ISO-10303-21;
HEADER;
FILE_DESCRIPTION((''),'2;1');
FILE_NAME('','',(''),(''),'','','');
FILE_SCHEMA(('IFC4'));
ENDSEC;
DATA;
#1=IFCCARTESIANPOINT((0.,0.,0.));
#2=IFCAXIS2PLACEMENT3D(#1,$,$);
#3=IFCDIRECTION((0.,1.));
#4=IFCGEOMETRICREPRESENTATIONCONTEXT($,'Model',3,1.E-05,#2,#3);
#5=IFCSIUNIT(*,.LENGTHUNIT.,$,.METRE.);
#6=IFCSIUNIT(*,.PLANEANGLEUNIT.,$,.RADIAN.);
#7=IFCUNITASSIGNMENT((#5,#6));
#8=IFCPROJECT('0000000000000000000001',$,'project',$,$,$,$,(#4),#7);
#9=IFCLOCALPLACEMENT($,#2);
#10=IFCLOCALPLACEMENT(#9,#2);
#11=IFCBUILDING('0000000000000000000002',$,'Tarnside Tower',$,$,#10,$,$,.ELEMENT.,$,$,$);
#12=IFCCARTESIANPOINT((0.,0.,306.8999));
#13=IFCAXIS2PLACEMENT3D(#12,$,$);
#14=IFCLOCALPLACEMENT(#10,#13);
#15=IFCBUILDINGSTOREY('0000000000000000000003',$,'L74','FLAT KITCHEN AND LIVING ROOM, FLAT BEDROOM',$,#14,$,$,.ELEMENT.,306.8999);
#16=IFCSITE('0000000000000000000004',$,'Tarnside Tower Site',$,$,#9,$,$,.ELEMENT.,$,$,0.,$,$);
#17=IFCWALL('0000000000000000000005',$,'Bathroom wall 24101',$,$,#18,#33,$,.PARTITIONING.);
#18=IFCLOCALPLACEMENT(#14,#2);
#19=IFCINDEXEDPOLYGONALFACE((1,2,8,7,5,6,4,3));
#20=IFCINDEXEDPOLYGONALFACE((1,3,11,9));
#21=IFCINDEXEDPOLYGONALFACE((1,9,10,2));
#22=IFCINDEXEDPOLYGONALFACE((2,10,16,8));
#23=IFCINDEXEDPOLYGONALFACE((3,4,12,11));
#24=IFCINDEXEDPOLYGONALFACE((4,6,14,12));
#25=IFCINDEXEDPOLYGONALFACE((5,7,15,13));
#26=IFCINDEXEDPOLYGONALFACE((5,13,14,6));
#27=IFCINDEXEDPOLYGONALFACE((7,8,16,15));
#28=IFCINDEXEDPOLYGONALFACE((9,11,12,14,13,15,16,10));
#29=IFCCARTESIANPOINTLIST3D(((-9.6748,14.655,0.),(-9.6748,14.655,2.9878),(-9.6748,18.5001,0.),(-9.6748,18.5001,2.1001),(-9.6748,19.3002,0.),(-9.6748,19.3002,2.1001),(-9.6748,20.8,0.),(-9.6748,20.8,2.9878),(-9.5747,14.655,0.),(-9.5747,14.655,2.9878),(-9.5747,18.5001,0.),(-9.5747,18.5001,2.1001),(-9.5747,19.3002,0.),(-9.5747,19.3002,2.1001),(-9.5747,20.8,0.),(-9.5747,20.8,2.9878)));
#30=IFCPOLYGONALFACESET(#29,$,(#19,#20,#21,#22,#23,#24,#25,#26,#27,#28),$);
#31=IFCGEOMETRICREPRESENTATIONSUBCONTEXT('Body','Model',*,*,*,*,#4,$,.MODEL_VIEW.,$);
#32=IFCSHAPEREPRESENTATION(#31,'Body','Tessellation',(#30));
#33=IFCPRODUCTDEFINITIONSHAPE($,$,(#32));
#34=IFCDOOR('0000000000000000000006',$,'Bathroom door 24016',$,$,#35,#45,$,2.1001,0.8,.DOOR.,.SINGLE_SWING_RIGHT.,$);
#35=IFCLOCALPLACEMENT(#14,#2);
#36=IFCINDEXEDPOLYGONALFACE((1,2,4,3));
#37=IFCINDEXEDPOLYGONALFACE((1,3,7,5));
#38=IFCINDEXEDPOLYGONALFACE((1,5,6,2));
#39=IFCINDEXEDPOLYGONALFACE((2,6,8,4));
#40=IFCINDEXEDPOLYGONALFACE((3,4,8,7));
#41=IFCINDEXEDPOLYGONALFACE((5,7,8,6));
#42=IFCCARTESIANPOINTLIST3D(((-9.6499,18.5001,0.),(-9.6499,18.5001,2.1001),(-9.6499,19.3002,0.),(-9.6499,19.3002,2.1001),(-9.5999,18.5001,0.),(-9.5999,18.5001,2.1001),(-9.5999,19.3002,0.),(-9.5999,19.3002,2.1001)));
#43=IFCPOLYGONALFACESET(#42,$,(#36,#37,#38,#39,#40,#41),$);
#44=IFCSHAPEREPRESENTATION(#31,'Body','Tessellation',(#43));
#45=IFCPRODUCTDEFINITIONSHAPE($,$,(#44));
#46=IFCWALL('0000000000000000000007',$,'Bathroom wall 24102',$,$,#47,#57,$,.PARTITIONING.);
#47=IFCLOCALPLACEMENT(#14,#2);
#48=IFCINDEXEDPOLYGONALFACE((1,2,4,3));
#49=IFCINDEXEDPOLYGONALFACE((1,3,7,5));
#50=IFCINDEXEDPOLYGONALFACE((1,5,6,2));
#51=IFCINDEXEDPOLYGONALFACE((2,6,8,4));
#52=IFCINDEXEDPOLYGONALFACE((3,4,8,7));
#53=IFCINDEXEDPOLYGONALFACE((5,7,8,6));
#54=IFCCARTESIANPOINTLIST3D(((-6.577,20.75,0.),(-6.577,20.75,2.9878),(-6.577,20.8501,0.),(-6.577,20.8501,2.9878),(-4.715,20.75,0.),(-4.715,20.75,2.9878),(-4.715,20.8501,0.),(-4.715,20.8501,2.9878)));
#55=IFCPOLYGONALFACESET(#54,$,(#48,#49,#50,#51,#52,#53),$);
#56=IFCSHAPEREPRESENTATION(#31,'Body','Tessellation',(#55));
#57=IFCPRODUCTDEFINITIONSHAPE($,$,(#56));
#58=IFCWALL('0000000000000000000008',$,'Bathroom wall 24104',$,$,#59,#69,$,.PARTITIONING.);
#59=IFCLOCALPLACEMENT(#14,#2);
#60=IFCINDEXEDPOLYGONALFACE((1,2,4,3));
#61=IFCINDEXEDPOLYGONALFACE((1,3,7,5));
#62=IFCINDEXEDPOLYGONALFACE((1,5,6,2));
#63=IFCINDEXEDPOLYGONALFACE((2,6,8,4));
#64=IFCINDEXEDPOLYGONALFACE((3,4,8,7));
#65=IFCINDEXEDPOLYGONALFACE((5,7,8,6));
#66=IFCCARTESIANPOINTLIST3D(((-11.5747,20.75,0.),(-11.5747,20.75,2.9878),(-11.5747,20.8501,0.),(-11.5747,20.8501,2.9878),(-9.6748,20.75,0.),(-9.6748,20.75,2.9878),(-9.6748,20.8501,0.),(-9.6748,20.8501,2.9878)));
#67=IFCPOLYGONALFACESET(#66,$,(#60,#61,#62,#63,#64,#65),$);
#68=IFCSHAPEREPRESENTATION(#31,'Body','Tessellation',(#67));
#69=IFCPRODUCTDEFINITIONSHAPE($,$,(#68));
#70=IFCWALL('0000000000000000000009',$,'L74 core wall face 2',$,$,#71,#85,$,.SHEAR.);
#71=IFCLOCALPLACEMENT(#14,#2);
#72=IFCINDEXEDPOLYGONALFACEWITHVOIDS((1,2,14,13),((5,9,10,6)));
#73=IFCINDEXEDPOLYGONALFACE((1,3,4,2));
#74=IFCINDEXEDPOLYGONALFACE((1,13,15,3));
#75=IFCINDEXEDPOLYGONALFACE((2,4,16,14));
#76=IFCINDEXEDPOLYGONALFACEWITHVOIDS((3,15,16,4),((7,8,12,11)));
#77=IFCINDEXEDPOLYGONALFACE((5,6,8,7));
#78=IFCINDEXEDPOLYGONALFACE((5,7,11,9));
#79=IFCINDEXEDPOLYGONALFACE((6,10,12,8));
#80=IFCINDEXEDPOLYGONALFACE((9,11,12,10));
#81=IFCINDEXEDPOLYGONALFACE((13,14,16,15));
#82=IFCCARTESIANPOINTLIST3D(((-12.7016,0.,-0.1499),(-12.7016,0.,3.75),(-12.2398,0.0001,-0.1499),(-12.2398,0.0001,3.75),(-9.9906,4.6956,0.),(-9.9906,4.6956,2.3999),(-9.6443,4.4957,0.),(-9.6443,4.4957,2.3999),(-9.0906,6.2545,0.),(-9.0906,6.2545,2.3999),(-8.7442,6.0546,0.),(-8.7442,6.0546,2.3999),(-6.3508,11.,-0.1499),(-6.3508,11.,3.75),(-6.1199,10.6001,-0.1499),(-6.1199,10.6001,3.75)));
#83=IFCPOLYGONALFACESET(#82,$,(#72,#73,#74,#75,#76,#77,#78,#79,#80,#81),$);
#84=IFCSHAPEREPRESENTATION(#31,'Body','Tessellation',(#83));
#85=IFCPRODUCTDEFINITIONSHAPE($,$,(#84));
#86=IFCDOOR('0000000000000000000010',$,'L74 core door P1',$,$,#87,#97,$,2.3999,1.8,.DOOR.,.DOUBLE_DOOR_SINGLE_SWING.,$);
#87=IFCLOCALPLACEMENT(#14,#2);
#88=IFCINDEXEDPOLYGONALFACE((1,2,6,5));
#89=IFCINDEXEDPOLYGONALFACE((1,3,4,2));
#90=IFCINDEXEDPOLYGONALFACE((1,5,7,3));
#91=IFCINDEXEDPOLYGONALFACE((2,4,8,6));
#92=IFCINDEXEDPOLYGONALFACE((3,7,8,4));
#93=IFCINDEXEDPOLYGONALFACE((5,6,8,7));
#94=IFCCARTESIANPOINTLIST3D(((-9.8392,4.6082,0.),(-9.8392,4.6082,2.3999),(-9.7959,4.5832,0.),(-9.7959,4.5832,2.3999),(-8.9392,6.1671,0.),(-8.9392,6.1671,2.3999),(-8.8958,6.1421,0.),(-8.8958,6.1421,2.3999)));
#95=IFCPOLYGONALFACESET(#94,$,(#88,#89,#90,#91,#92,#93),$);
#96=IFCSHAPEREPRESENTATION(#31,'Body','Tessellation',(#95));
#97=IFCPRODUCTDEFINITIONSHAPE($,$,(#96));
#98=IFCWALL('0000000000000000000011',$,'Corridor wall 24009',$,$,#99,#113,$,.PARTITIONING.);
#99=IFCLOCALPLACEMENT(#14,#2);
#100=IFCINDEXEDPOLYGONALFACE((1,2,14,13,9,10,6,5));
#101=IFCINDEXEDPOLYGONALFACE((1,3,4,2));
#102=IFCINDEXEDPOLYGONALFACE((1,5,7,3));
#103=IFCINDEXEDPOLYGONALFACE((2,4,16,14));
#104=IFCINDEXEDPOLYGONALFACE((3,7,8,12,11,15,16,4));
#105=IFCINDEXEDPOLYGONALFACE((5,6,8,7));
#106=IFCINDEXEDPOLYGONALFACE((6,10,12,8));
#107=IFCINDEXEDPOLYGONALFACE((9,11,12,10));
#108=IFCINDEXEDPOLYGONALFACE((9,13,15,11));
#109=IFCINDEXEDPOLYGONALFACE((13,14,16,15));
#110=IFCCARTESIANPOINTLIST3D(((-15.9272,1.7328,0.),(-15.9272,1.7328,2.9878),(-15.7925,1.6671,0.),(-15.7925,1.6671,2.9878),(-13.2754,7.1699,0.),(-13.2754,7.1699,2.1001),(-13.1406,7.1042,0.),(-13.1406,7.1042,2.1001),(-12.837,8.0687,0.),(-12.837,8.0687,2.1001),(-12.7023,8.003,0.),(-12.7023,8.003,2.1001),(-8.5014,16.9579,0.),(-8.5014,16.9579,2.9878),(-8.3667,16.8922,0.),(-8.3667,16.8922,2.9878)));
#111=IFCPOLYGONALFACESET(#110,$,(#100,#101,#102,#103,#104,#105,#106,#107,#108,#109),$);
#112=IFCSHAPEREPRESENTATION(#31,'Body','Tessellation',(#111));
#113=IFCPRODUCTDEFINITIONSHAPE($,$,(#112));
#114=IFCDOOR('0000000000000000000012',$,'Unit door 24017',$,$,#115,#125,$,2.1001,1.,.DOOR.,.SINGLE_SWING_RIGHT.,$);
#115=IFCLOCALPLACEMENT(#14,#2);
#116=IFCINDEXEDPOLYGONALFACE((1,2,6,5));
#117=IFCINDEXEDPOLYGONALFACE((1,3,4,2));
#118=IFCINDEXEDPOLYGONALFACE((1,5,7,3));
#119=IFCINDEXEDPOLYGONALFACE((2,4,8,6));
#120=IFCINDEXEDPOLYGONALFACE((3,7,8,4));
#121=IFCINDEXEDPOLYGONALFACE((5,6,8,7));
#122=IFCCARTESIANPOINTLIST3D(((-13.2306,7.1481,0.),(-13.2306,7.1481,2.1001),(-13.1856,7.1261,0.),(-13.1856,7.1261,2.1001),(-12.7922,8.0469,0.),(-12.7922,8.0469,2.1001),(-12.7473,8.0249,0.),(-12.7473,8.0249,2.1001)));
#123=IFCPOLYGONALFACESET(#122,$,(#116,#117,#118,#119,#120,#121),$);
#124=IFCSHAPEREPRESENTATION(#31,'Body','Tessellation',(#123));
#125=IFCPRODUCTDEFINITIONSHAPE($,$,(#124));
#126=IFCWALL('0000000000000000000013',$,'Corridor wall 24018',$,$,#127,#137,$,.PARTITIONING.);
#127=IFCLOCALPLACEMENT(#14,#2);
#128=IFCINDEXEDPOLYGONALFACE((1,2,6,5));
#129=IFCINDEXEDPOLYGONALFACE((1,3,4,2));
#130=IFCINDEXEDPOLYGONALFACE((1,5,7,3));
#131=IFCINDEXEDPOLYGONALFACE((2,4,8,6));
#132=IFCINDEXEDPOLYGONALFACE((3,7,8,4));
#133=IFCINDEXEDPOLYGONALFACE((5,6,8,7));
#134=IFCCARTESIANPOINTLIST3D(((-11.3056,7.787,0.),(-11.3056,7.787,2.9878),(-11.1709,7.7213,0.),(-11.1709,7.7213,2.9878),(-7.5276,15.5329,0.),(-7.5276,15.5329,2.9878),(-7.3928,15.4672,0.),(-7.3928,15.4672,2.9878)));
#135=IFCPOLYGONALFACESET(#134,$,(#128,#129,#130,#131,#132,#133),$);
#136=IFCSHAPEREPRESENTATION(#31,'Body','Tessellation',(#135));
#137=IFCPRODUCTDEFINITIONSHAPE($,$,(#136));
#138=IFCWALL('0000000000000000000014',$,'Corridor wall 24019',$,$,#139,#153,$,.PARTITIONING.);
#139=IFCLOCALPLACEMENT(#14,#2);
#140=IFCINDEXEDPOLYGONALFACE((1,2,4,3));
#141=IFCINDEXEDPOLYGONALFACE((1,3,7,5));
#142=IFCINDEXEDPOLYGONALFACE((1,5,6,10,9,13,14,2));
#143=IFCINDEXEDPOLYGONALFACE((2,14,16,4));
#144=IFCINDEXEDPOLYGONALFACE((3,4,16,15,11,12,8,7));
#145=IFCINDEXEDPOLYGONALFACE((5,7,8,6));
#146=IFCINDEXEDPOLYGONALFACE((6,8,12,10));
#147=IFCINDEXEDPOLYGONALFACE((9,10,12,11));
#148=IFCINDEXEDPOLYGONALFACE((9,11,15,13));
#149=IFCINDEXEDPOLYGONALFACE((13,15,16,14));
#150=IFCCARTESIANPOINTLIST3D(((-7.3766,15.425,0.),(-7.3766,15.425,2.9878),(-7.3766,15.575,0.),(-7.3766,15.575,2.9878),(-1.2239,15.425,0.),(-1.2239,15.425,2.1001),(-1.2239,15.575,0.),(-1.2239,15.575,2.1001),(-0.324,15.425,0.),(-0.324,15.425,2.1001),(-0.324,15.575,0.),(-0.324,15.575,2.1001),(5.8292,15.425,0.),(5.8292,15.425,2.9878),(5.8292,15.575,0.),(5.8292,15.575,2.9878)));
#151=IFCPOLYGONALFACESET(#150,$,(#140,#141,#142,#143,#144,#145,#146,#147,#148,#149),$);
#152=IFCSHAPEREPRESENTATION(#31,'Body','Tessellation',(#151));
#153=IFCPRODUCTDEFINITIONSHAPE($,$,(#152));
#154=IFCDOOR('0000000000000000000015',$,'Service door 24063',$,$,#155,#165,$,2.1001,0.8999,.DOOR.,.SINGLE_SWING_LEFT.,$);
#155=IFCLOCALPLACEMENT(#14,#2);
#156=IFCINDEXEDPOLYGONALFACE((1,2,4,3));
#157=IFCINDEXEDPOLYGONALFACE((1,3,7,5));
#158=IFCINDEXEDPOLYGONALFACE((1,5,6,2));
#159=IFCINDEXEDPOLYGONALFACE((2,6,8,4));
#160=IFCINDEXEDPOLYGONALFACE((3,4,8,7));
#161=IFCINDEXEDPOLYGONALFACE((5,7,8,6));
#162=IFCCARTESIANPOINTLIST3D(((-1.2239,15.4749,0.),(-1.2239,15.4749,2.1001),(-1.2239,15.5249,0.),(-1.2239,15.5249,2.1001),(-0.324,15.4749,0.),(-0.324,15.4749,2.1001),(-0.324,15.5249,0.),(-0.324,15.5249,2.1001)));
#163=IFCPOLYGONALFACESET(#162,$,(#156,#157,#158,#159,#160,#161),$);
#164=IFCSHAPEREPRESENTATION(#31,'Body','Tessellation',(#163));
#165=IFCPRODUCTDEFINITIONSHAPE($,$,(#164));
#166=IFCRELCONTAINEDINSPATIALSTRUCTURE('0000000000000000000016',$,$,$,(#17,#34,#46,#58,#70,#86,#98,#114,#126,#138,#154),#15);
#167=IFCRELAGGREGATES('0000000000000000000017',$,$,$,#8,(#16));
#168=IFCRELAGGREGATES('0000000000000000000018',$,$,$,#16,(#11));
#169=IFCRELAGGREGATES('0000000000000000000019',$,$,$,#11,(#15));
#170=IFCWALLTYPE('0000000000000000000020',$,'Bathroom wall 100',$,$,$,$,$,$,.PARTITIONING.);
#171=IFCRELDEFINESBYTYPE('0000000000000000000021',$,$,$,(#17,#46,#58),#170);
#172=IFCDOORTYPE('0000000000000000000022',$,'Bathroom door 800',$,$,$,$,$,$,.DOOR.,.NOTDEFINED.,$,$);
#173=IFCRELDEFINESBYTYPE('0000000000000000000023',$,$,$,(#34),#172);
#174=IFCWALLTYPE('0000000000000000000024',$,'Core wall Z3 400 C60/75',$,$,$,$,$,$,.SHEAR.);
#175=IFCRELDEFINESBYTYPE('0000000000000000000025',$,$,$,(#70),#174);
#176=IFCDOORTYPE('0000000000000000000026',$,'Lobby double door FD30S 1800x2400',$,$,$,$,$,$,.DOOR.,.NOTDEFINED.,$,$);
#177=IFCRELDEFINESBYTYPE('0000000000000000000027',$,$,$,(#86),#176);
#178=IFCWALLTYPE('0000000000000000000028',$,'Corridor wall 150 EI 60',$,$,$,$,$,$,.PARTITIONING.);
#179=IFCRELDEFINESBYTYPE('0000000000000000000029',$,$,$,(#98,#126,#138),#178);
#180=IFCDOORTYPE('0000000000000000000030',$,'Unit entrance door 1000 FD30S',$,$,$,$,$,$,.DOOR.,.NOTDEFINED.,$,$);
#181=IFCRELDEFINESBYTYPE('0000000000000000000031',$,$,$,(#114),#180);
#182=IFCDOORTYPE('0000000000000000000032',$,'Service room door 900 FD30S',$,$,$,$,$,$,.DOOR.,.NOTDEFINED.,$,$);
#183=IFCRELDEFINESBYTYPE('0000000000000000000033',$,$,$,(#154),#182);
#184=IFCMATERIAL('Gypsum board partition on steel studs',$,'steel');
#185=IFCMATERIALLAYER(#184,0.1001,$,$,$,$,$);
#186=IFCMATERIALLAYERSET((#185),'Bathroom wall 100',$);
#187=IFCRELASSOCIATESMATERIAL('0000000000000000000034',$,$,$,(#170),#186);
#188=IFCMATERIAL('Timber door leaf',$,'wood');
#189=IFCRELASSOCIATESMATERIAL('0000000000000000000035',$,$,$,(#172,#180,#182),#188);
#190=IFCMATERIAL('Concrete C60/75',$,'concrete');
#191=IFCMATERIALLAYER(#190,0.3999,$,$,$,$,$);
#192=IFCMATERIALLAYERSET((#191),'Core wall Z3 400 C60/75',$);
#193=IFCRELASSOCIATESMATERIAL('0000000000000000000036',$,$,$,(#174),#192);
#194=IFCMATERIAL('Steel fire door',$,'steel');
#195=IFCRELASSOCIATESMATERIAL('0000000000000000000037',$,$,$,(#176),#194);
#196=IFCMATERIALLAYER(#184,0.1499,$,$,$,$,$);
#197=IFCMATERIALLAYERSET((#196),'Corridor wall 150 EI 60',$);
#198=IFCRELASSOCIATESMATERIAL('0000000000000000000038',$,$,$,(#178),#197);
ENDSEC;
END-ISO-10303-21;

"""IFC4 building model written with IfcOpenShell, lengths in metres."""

from ifc_helpers import new_model, si_unit, direction, frame, frame_2d, origin, place, context, subcontext, project, spatial, polyline, rectangle, outline, extrude, material, layer, layer_set, type_object, element, fill, save


model = new_model("IFC4")

# Units and contexts
model_context = context("Model", 3, precision=1e-05, world=origin(), true_north=direction((0.0, 1.0)))
body_context = subcontext(model_context, "Body", "Model", "MODEL_VIEW")
ifc_project = project(units=[si_unit("LENGTHUNIT", "METRE"), si_unit("PLANEANGLEUNIT", "RADIAN")], contexts=[model_context])

# Site, building, storey
site_placement = place(None, origin())
site = spatial("IfcSite", under=ifc_project, at=site_placement, Name="Tarnside Tower Site", CompositionType="ELEMENT", RefElevation=0.0)
building_placement = place(site_placement, origin())
building = spatial("IfcBuilding", under=site, at=building_placement, Name="Tarnside Tower", CompositionType="ELEMENT")
storey_placement = place(building_placement, frame((0.0, 0.0, 306.8999)))
storey = spatial("IfcBuildingStorey", under=building, at=storey_placement, Name="L74", Description="FLAT KITCHEN AND LIVING ROOM, FLAT BEDROOM", CompositionType="ELEMENT", Elevation=306.8999)

# Shared definitions
ifc_material_1 = material(Name="Gypsum board partition on steel studs", Category="steel")
ifc_layer_1 = layer(ifc_material_1, 0.1001)
ifc_layer_set_1 = layer_set([ifc_layer_1], Name="Bathroom wall 100")
wall_type_1 = type_object("IfcWallType", Name="Bathroom wall 100", PredefinedType="PARTITIONING", material=ifc_layer_set_1)

# Wall, opening, door
ifc_material_2 = material(Name="Timber door leaf", Category="wood")
door_type_1 = type_object("IfcDoorType", Name="Bathroom door 800", OperationType="NOTDEFINED", PredefinedType="DOOR", material=ifc_material_2)
wall_1_placement = place(storey_placement, frame((-9.6248, 20.8, 0.0), z_axis=(0.0, 0.0, 1.0), x_axis=(0.0, -1.0, 0.0)))
wall_1 = element("IfcWall", 1, at=wall_1_placement, inside=storey, type_object=wall_type_1, Name="Bathroom wall 24101", PredefinedType="PARTITIONING", context=body_context, shape_type="SweptSolid", body=[
    extrude(rectangle(XDim=6.145, YDim=0.1001, at=frame_2d((3.0725, 0.0))), origin(), (0.0, 0.0, 1.0), 2.9878),
])
opening_1_placement = place(wall_1_placement, frame((1.5, 0.0, 0.0)))
opening_1 = element("IfcOpeningElement", 2, at=opening_1_placement, cuts=wall_1, PredefinedType="OPENING", context=body_context, shape_type="SweptSolid", body=[
    extrude(rectangle(XDim=0.8, YDim=2.1001, at=frame_2d((0.3999, 1.05))), frame((0.0, 0.0601, 0.0), z_axis=(0.0, -1.0, 0.0), x_axis=(1.0, 0.0, 0.0)), (0.0, 0.0, 1.0), 0.1201),
])
door_1_placement = place(opening_1_placement, origin())
door_1 = element("IfcDoor", 3, at=door_1_placement, inside=storey, type_object=door_type_1, Name="Bathroom door 24016", OperationType="SINGLE_SWING_RIGHT", OverallHeight=2.1001, OverallWidth=0.8, PredefinedType="DOOR", context=body_context, shape_type="SweptSolid", body=[
    extrude(rectangle(XDim=0.8, YDim=2.1001, at=frame_2d((0.3999, 1.05))), frame((0.0, 0.0249, 0.0), z_axis=(0.0, -1.0, 0.0), x_axis=(1.0, 0.0, 0.0)), (0.0, 0.0, 1.0), 0.05),
])
fill(opening_1, door_1)

# Walls
wall_2_placement = place(storey_placement, frame((-4.7148, 20.8, 0.0), z_axis=(0.0, 0.0, 1.0), x_axis=(-1.0, 0.0, 0.0)))
element("IfcWall", 4, at=wall_2_placement, inside=storey, type_object=wall_type_1, Name="Bathroom wall 24102", PredefinedType="PARTITIONING", context=body_context, shape_type="SweptSolid", body=[
    extrude(rectangle(XDim=1.8621, YDim=0.1001, at=frame_2d((0.9312, 0.0))), origin(), (0.0, 0.0, 1.0), 2.9878),
])
wall_3_placement = place(storey_placement, frame((-11.5747, 20.8, 0.0), z_axis=(0.0, 0.0, 1.0), x_axis=(1.0, 0.0, 0.0)))
element("IfcWall", 5, at=wall_3_placement, inside=storey, type_object=wall_type_1, Name="Bathroom wall 24104", PredefinedType="PARTITIONING", context=body_context, shape_type="SweptSolid", body=[
    extrude(rectangle(XDim=1.8999, YDim=0.1001, at=frame_2d((0.95, 0.0))), origin(), (0.0, 0.0, 1.0), 2.9878),
])

# Walls, openings, doors
ifc_material_3 = material(Name="Concrete C60/75", Category="concrete")
ifc_layer_2 = layer(ifc_material_3, 0.3999)
ifc_layer_set_2 = layer_set([ifc_layer_2], Name="Core wall Z3 400 C60/75")
wall_type_2 = type_object("IfcWallType", Name="Core wall Z3 400 C60/75", PredefinedType="SHEAR", material=ifc_layer_set_2)
wall_4_placement = place(storey_placement, frame((-6.2354, 10.8, -0.1499), z_axis=(0.0, 0.0, 1.0), x_axis=(-0.499996, -0.866027, 0.0)))
wall_4 = element("IfcWall", 6, at=wall_4_placement, inside=storey, type_object=wall_type_2, Name="L74 core wall face 2", PredefinedType="SHEAR", context=body_context, shape_type="SweptSolid", body=[
    extrude(outline(polyline([(-0.1155, -0.2), (12.5862, -0.2), (12.3552, 0.2), (0.1155, 0.2), (-0.1155, -0.2)])), origin(), (0.0, 0.0, 1.0), 3.8999),
])
opening_2_placement = place(wall_4_placement, frame((5.3643, 0.0, 0.1499)))
opening_2 = element("IfcOpeningElement", 7, at=opening_2_placement, cuts=wall_4, PredefinedType="OPENING", context=body_context, shape_type="SweptSolid", body=[
    extrude(rectangle(XDim=1.8, YDim=2.3999, at=frame_2d((0.8999, 1.2))), frame((0.0, 0.21, 0.0), z_axis=(0.0, -1.0, 0.0), x_axis=(1.0, 0.0, 0.0)), (0.0, 0.0, 1.0), 0.4199),
])
ifc_material_4 = material(Name="Steel fire door", Category="steel")
door_type_2 = type_object("IfcDoorType", Name="Lobby double door FD30S 1800x2400", OperationType="NOTDEFINED", PredefinedType="DOOR", material=ifc_material_4)
door_2_placement = place(opening_2_placement, origin())
door_2 = element("IfcDoor", 8, at=door_2_placement, inside=storey, type_object=door_type_2, Name="L74 core door P1", OperationType="DOUBLE_DOOR_SINGLE_SWING", OverallHeight=2.3999, OverallWidth=1.8, PredefinedType="DOOR", context=body_context, shape_type="SweptSolid", body=[
    extrude(rectangle(XDim=1.8, YDim=2.3999, at=frame_2d((0.8999, 1.2))), frame((0.0, 0.0249, 0.0), z_axis=(0.0, -1.0, 0.0), x_axis=(1.0, 0.0, 0.0)), (0.0, 0.0, 1.0), 0.05),
])
fill(opening_2, door_2)
ifc_layer_3 = layer(ifc_material_1, 0.1499)
ifc_layer_set_3 = layer_set([ifc_layer_3], Name="Corridor wall 150 EI 60")
wall_type_3 = type_object("IfcWallType", Name="Corridor wall 150 EI 60", PredefinedType="PARTITIONING", material=ifc_layer_set_3)
wall_5_placement = place(storey_placement, frame((-8.4341, 16.925, 0.0), z_axis=(0.0, 0.0, 1.0), x_axis=(-0.438371, -0.898794, 0.0)))
wall_5 = element("IfcWall", 9, at=wall_5_placement, inside=storey, type_object=wall_type_3, Name="Corridor wall 24009", PredefinedType="PARTITIONING", context=body_context, shape_type="SweptSolid", body=[
    extrude(rectangle(XDim=16.9395, YDim=0.1499, at=frame_2d((8.4697, 0.0))), origin(), (0.0, 0.0, 1.0), 2.9878),
])
opening_3_placement = place(wall_5_placement, frame((9.8901, 0.0, 0.0)))
opening_3 = element("IfcOpeningElement", 10, at=opening_3_placement, cuts=wall_5, PredefinedType="OPENING", context=body_context, shape_type="SweptSolid", body=[
    extrude(rectangle(XDim=1.0, YDim=2.1001, at=frame_2d((0.5, 1.05))), frame((0.0, 0.085, 0.0), z_axis=(0.0, -1.0, 0.0), x_axis=(1.0, 0.0, 0.0)), (0.0, 0.0, 1.0), 0.1699),
])
door_type_3 = type_object("IfcDoorType", Name="Unit entrance door 1000 FD30S", OperationType="NOTDEFINED", PredefinedType="DOOR", material=ifc_material_2)
door_3_placement = place(opening_3_placement, origin())
door_3 = element("IfcDoor", 11, at=door_3_placement, inside=storey, type_object=door_type_3, Name="Unit door 24017", OperationType="SINGLE_SWING_RIGHT", OverallHeight=2.1001, OverallWidth=1.0, PredefinedType="DOOR", context=body_context, shape_type="SweptSolid", body=[
    extrude(rectangle(XDim=1.0, YDim=2.1001, at=frame_2d((0.5, 1.05))), frame((0.0, 0.0249, 0.0), z_axis=(0.0, -1.0, 0.0), x_axis=(1.0, 0.0, 0.0)), (0.0, 0.0, 1.0), 0.05),
])
fill(opening_3, door_3)

# Wall
wall_6_placement = place(storey_placement, frame((-11.2383, 7.7542, 0.0), z_axis=(0.0, 0.0, 1.0), x_axis=(0.438387, 0.898786, 0.0)))
element("IfcWall", 12, at=wall_6_placement, inside=storey, type_object=wall_type_3, Name="Corridor wall 24018", PredefinedType="PARTITIONING", context=body_context, shape_type="SweptSolid", body=[
    extrude(rectangle(XDim=8.6182, YDim=0.1499, at=frame_2d((4.3091, 0.0))), origin(), (0.0, 0.0, 1.0), 2.9878),
])

# Wall, opening, door
wall_7_placement = place(storey_placement, frame((-7.3767, 15.5, 0.0), z_axis=(0.0, 0.0, 1.0), x_axis=(1.0, 0.0, 0.0)))
wall_7 = element("IfcWall", 13, at=wall_7_placement, inside=storey, type_object=wall_type_3, Name="Corridor wall 24019", PredefinedType="PARTITIONING", context=body_context, shape_type="SweptSolid", body=[
    extrude(rectangle(XDim=13.2058, YDim=0.1499, at=frame_2d((6.603, 0.0))), origin(), (0.0, 0.0, 1.0), 2.9878),
])
opening_4_placement = place(wall_7_placement, frame((6.1528, 0.0, 0.0)))
opening_4 = element("IfcOpeningElement", 14, at=opening_4_placement, cuts=wall_7, PredefinedType="OPENING", context=body_context, shape_type="SweptSolid", body=[
    extrude(rectangle(XDim=0.8999, YDim=2.1001, at=frame_2d((0.45, 1.05))), frame((0.0, 0.085, 0.0), z_axis=(0.0, -1.0, 0.0), x_axis=(1.0, 0.0, 0.0)), (0.0, 0.0, 1.0), 0.1699),
])
door_type_4 = type_object("IfcDoorType", Name="Service room door 900 FD30S", OperationType="NOTDEFINED", PredefinedType="DOOR", material=ifc_material_2)
door_4_placement = place(opening_4_placement, origin())
door_4 = element("IfcDoor", 15, at=door_4_placement, inside=storey, type_object=door_type_4, Name="Service door 24063", OperationType="SINGLE_SWING_LEFT", OverallHeight=2.1001, OverallWidth=0.8999, PredefinedType="DOOR", context=body_context, shape_type="SweptSolid", body=[
    extrude(rectangle(XDim=0.8999, YDim=2.1001, at=frame_2d((0.45, 1.05))), frame((0.0, 0.0249, 0.0), z_axis=(0.0, -1.0, 0.0), x_axis=(1.0, 0.0, 0.0)), (0.0, 0.0, 1.0), 0.05),
])
fill(opening_4, door_4)

save(model, "model.ifc")
